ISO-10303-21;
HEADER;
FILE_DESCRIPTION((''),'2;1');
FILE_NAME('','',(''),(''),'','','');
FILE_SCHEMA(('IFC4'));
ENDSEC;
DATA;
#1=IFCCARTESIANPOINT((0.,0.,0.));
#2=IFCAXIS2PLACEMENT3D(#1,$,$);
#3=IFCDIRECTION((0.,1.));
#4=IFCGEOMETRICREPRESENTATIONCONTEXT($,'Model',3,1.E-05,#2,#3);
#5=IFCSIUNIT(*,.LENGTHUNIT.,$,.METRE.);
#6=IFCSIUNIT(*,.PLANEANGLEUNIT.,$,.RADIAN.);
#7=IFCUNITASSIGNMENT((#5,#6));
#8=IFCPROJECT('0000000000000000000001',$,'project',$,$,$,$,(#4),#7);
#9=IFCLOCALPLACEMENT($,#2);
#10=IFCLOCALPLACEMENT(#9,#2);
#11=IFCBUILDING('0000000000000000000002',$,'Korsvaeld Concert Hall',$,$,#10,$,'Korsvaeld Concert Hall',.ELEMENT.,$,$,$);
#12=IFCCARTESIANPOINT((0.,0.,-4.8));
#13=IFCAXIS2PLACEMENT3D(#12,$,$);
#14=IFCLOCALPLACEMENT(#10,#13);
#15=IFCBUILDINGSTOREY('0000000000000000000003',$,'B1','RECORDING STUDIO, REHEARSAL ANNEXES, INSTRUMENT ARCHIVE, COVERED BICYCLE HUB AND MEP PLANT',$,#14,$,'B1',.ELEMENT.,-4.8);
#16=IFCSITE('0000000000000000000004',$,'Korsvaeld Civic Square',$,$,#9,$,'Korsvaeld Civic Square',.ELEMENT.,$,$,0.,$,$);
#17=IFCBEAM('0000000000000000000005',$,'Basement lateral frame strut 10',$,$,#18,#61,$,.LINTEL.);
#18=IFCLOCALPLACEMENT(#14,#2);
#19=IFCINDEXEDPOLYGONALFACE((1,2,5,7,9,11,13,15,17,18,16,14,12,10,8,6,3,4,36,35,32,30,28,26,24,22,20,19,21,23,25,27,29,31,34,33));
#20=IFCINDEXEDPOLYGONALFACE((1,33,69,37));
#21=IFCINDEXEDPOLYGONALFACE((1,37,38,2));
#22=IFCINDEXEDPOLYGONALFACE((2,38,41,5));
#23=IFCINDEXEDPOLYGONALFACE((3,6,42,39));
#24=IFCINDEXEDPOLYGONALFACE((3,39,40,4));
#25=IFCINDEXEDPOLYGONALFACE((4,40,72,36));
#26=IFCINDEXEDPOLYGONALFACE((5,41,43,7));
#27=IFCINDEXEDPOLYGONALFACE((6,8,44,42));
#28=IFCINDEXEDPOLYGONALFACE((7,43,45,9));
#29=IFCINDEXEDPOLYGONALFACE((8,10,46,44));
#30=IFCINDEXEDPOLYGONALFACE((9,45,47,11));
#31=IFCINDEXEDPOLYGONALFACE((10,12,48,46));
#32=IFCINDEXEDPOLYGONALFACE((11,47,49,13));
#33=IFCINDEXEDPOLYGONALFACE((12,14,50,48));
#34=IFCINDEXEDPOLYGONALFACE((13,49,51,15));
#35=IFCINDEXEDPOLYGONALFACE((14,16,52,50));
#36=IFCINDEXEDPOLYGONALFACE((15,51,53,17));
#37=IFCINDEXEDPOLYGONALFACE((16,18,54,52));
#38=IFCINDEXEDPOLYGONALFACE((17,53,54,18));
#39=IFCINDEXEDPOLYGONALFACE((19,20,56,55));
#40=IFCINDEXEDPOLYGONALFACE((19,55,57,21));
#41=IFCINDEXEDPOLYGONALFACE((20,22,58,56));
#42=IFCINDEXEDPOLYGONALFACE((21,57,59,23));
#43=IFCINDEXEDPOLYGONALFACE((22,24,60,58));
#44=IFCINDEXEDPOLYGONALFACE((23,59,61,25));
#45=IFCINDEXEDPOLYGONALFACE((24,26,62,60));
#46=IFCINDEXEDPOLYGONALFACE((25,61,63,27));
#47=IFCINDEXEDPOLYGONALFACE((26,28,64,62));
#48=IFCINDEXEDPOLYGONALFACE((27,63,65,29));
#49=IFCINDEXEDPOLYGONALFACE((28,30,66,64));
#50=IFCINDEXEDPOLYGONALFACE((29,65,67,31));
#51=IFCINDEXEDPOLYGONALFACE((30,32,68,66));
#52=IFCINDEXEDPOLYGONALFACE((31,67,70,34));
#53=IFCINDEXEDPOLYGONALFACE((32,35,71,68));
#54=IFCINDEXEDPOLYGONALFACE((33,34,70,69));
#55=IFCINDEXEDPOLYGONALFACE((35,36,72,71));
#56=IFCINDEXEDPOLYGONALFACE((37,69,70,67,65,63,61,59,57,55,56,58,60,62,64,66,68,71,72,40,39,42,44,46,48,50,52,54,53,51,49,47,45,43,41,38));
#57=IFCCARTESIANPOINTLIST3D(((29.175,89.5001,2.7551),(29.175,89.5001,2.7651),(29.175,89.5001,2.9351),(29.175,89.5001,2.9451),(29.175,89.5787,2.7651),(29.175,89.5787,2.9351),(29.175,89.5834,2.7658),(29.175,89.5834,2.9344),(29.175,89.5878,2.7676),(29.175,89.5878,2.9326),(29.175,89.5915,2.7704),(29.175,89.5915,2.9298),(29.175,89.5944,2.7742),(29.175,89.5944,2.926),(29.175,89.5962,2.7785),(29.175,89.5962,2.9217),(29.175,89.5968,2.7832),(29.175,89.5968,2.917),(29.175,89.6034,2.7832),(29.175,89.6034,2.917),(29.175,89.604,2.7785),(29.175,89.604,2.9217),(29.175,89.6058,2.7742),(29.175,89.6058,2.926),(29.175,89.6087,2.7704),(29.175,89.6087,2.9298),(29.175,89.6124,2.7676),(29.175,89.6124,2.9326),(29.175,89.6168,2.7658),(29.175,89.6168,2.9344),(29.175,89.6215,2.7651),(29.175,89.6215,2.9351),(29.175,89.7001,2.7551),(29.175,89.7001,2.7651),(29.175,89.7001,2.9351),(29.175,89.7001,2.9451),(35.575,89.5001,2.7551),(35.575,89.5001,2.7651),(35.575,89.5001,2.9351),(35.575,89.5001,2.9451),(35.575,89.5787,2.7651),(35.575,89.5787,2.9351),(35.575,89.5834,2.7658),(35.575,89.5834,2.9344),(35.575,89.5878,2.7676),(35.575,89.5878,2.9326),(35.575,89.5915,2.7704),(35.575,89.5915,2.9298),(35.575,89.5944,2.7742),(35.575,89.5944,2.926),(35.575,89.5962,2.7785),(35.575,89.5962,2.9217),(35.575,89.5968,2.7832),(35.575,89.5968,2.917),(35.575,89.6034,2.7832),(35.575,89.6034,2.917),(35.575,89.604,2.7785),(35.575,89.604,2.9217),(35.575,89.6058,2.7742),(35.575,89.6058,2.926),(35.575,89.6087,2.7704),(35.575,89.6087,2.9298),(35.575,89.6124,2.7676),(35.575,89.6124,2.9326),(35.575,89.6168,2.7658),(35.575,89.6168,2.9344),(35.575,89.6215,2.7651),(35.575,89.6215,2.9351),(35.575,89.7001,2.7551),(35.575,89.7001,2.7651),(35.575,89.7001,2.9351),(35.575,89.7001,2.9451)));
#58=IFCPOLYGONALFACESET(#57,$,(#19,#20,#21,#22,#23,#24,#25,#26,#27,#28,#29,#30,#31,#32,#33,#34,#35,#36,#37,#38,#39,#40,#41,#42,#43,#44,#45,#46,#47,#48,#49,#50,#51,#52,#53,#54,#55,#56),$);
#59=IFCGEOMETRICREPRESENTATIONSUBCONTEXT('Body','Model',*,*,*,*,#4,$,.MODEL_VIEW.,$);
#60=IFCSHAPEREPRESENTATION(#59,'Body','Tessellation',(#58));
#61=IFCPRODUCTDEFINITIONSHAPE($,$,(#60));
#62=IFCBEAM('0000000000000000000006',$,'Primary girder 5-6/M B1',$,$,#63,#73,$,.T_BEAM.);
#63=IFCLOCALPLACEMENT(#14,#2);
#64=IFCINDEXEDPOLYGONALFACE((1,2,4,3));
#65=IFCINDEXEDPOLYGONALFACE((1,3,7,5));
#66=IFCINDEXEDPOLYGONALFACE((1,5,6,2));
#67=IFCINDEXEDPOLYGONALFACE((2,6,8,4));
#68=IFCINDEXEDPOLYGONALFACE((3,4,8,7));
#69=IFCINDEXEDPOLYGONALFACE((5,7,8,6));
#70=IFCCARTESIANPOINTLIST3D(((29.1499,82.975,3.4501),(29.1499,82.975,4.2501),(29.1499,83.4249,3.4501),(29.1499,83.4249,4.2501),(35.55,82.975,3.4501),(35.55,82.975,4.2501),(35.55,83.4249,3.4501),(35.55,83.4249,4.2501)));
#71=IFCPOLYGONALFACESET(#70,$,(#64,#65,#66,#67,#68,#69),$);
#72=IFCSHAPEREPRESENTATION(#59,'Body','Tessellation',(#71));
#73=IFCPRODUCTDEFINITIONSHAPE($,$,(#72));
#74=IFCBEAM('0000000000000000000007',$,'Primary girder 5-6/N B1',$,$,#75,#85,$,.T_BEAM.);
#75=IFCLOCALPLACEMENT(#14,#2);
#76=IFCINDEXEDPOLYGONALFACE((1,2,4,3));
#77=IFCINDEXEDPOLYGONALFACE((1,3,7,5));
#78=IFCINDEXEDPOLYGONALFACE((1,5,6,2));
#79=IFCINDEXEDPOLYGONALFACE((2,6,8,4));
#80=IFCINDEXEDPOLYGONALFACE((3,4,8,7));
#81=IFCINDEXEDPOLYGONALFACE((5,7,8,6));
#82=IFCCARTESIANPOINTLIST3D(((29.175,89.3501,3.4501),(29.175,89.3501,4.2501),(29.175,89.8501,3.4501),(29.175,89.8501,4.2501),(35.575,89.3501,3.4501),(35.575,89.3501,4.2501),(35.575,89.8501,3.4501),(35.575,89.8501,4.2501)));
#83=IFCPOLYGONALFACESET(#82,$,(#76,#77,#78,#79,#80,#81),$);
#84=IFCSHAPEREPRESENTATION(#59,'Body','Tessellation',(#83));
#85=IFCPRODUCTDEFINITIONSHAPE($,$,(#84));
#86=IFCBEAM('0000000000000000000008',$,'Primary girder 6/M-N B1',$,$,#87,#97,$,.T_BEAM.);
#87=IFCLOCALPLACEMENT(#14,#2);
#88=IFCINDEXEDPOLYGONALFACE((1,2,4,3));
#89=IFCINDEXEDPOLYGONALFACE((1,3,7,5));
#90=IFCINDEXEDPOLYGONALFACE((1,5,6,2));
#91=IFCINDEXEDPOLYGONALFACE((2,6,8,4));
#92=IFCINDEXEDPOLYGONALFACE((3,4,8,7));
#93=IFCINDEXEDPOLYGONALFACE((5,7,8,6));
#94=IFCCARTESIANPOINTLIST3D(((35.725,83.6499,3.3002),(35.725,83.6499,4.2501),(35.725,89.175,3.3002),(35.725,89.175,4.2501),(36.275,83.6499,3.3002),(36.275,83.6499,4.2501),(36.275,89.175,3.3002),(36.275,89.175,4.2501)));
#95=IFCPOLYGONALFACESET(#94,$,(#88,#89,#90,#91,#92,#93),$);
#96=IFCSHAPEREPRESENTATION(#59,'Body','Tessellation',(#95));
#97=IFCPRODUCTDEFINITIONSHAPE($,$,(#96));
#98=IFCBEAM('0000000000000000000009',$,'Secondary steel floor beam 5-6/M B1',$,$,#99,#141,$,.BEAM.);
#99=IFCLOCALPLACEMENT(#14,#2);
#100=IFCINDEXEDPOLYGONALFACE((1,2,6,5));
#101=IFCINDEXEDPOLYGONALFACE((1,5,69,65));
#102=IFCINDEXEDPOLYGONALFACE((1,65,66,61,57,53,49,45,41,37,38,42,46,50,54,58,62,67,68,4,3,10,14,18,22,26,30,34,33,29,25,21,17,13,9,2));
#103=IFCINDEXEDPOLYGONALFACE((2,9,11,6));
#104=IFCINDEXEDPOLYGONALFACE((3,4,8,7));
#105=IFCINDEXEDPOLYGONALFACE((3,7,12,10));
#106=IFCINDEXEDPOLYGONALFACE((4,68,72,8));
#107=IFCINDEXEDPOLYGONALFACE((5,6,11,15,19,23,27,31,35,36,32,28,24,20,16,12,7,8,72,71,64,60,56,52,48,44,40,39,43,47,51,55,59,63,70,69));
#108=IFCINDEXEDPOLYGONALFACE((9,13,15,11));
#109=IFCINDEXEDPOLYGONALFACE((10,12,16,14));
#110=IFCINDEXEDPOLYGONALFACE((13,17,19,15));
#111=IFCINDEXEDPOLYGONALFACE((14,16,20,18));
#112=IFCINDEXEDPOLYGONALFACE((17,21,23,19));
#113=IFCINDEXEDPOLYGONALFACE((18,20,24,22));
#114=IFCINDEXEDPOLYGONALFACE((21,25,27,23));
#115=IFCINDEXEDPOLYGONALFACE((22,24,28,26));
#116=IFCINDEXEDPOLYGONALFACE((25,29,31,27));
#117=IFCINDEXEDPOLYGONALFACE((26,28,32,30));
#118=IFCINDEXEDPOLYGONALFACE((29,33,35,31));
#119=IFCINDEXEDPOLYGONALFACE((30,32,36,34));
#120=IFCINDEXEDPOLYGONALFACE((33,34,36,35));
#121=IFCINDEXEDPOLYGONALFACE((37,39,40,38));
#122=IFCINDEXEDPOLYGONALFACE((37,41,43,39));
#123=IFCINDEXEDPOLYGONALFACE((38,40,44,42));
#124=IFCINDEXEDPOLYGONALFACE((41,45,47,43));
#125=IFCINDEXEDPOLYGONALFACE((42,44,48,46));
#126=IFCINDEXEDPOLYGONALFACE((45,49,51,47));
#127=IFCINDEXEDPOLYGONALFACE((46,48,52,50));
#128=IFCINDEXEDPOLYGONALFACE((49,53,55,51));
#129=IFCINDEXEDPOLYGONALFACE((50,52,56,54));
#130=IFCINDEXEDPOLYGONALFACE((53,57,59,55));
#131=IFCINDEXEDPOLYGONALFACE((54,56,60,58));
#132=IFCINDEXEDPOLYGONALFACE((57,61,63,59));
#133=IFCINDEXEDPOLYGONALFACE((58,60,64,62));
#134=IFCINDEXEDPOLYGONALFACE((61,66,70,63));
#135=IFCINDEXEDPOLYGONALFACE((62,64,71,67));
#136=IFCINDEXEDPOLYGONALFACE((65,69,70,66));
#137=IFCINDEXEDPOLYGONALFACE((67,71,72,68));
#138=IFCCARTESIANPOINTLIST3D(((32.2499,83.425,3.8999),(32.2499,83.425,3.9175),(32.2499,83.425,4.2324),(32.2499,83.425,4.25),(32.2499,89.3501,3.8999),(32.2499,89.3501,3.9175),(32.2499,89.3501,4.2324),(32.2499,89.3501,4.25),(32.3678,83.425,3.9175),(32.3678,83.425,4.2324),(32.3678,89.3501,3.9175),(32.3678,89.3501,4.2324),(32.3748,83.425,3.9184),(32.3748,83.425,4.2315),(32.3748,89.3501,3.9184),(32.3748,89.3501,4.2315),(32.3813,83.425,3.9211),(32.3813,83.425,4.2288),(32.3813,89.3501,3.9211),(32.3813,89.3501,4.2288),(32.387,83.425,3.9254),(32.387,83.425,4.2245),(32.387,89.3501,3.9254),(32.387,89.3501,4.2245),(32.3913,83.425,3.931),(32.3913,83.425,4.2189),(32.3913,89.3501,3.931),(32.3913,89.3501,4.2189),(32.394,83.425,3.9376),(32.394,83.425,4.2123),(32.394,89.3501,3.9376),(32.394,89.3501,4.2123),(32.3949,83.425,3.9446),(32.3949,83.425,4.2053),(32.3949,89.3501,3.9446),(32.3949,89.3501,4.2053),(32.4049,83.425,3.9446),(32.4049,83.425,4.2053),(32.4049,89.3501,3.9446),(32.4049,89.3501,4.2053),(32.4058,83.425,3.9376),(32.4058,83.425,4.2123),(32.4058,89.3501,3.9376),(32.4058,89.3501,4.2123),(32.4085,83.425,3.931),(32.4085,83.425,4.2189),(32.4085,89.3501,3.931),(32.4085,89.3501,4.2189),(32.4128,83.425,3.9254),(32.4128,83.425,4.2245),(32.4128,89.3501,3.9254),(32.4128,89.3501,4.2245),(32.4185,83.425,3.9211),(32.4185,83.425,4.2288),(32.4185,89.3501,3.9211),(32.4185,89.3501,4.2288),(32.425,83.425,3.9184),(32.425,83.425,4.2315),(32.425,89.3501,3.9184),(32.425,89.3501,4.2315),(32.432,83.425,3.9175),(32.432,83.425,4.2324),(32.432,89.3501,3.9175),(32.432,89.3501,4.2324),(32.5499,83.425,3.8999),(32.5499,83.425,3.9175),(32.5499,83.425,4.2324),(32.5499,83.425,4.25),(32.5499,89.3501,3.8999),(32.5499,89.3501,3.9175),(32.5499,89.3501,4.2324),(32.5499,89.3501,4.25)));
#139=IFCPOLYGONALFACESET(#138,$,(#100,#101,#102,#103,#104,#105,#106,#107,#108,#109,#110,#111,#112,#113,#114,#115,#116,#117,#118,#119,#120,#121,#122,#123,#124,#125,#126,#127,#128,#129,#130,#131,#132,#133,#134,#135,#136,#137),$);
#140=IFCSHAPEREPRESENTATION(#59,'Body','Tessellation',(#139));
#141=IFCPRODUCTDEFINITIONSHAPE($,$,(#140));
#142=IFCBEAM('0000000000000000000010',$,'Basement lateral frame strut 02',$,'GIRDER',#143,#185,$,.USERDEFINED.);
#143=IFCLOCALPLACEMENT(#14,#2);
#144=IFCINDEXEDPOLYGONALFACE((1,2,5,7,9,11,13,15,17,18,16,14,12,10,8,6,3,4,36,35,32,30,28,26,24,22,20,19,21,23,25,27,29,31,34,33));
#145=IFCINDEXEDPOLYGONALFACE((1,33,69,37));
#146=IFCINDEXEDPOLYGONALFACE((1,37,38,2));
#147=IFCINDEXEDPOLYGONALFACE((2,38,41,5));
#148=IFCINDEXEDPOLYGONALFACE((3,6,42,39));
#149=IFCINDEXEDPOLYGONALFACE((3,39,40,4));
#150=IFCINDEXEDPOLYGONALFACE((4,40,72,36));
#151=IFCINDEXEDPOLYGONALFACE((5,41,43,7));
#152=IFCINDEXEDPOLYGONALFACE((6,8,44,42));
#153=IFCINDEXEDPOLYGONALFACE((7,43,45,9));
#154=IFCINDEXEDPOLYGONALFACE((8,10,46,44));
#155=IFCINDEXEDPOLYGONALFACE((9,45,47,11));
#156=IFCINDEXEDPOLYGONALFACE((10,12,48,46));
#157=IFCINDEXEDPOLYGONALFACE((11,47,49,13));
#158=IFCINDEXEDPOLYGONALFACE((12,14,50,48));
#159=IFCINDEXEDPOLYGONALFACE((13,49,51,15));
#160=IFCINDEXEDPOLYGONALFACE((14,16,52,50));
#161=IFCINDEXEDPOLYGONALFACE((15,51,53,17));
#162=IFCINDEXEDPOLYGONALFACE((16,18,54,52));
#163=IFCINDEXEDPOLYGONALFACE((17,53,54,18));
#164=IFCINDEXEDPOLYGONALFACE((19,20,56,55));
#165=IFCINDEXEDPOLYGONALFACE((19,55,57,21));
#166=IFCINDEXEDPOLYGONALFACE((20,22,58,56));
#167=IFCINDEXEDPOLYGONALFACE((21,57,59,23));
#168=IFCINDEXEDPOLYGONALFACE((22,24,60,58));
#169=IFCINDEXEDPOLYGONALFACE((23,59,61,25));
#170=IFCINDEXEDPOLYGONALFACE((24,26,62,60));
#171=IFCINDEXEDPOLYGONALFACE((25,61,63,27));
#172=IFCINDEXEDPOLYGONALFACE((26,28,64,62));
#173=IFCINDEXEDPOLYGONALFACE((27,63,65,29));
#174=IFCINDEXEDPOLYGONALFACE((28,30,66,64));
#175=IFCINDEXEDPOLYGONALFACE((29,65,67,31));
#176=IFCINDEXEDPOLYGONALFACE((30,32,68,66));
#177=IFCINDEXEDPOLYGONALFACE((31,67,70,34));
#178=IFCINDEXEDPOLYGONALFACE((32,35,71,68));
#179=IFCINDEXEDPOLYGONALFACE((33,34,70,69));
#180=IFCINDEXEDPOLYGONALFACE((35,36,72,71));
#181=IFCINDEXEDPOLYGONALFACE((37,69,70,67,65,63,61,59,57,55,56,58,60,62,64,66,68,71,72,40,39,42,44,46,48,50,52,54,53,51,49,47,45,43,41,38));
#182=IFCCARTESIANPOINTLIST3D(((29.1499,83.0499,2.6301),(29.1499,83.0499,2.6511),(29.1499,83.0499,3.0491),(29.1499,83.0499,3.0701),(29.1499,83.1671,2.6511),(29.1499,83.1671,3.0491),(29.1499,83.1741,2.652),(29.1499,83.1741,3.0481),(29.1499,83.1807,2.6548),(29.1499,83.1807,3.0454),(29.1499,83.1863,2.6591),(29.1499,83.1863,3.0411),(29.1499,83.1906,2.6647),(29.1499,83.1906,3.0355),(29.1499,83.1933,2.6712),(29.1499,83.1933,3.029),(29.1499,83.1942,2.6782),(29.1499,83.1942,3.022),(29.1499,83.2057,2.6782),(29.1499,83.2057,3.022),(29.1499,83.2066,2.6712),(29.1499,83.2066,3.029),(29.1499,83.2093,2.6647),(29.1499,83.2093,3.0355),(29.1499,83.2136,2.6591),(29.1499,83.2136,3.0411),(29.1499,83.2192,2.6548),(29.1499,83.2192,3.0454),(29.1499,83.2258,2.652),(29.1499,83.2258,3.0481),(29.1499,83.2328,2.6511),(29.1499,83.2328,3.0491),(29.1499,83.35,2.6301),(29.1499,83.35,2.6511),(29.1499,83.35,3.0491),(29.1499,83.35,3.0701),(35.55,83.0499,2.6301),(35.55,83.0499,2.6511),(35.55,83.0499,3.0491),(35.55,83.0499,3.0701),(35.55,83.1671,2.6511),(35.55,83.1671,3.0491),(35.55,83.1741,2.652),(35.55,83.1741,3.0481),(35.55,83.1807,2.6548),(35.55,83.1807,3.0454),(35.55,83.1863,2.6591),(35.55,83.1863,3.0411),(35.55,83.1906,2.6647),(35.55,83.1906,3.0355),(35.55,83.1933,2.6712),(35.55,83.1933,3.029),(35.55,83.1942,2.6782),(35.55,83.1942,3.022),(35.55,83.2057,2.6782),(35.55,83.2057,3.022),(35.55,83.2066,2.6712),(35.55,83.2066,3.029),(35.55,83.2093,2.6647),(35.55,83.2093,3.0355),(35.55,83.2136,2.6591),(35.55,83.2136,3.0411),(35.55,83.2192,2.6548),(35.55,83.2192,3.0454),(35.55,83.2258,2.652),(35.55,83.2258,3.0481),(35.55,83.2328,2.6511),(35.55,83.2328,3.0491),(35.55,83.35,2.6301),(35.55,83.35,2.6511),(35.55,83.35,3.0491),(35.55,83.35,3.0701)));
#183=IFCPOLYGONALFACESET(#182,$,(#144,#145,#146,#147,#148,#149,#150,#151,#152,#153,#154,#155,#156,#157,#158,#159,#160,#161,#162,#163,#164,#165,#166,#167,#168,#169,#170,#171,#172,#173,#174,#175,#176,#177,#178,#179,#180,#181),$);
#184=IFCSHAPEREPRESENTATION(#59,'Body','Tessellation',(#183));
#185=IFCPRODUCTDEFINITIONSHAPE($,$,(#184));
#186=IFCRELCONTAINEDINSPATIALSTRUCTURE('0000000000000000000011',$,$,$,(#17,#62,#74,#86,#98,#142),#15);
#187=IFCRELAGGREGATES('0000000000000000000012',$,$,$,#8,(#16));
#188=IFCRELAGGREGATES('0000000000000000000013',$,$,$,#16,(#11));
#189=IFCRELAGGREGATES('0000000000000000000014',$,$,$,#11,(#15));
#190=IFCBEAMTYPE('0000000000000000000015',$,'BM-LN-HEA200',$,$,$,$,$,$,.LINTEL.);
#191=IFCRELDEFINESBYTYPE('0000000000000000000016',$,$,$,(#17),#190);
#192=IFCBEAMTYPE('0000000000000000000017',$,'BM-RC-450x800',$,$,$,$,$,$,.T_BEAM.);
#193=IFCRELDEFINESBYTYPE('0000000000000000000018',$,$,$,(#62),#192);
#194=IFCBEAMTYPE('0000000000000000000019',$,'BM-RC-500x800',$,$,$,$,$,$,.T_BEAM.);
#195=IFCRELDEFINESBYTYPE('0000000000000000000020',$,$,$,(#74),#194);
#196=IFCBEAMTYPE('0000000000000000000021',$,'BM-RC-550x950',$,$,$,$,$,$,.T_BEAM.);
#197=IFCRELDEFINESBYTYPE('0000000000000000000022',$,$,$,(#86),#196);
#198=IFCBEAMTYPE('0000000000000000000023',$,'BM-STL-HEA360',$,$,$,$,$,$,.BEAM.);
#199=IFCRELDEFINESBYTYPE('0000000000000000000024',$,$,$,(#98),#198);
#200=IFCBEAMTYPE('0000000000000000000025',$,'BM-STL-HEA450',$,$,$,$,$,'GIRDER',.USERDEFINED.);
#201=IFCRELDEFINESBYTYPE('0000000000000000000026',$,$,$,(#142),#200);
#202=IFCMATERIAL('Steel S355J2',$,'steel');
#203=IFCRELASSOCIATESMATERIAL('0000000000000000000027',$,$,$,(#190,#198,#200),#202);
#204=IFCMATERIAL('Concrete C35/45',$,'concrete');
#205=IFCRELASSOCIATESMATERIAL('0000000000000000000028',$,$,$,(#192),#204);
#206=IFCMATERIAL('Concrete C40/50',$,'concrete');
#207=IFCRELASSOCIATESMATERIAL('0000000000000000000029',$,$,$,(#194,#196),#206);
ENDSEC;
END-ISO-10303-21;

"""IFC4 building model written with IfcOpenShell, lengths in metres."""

from ifc_helpers import new_model, si_unit, direction, frame, origin, origin_2d, place, context, subcontext, project, spatial, rectangle, i_section, extrude, material, material_profile, profile_set, type_object, element, save


model = new_model("IFC4")

# Units and contexts
model_context = context("Model", 3, precision=1e-05, world=origin(), true_north=direction((0.0, 1.0)))
body_context = subcontext(model_context, "Body", "Model", "MODEL_VIEW")
ifc_project = project(units=[si_unit("LENGTHUNIT", "METRE"), si_unit("PLANEANGLEUNIT", "RADIAN")], contexts=[model_context])

# Site, building, storey
site_placement = place(None, origin())
site = spatial("IfcSite", under=ifc_project, at=site_placement, Name="Korsvaeld Civic Square", LongName="Korsvaeld Civic Square", CompositionType="ELEMENT", RefElevation=0.0)
building_placement = place(site_placement, origin())
building = spatial("IfcBuilding", under=site, at=building_placement, Name="Korsvaeld Concert Hall", LongName="Korsvaeld Concert Hall", CompositionType="ELEMENT")
storey_placement = place(building_placement, frame((0.0, 0.0, -4.8)))
storey = spatial("IfcBuildingStorey", under=building, at=storey_placement, Name="B1", Description="RECORDING STUDIO, REHEARSAL ANNEXES, INSTRUMENT ARCHIVE, COVERED BICYCLE HUB AND MEP PLANT", LongName="B1", CompositionType="ELEMENT", Elevation=-4.8)

# Shared definitions
ifc_material_1 = material(Name="Concrete C35/45", Category="concrete")

# Shared definitions
ifc_material_2 = material(Name="Concrete C40/50", Category="concrete")

# Beams
ifc_material_3 = material(Name="Steel S355J2", Category="steel")
ifc_material_profile_1 = material_profile(ifc_material_3, i_section(OverallWidth=0.2, OverallDepth=0.1899, WebThickness=0.0066, FlangeThickness=0.01, FilletRadius=0.0181, at=origin_2d()), Name="HEA 200")
ifc_profile_set_1 = profile_set([ifc_material_profile_1], Name="Steel S355J2")
beam_type_1 = type_object("IfcBeamType", Name="BM-LN-HEA200", PredefinedType="LINTEL", material=ifc_profile_set_1)
beam_1_placement = place(storey_placement, frame((29.175, 89.6001, 2.8501), z_axis=(1.0, 0.0, 0.0), x_axis=(0.0, 1.0, 0.0)))
element("IfcBeam", 1, at=beam_1_placement, inside=storey, type_object=beam_type_1, Name="Basement lateral frame strut 10", PredefinedType="LINTEL", context=body_context, shape_type="SweptSolid", body=[
    extrude(i_section(OverallWidth=0.2, OverallDepth=0.1899, WebThickness=0.0066, FlangeThickness=0.01, FilletRadius=0.0181, at=origin_2d()), origin(), (0.0, 0.0, 1.0), 6.3999),
])
ifc_material_profile_2 = material_profile(ifc_material_1, rectangle(XDim=0.45, YDim=0.8, at=origin_2d()), Name="RC 450x800")
ifc_profile_set_2 = profile_set([ifc_material_profile_2], Name="Concrete C35/45")
beam_type_2 = type_object("IfcBeamType", Name="BM-RC-450x800", PredefinedType="T_BEAM", material=ifc_profile_set_2)
beam_2_placement = place(storey_placement, frame((29.1499, 83.2, 3.8501), z_axis=(1.0, 0.0, 0.0), x_axis=(0.0, 1.0, 0.0)))
element("IfcBeam", 2, at=beam_2_placement, inside=storey, type_object=beam_type_2, Name="Primary girder 5-6/M B1", PredefinedType="T_BEAM", context=body_context, shape_type="SweptSolid", body=[
    extrude(rectangle(XDim=0.45, YDim=0.8, at=origin_2d()), origin(), (0.0, 0.0, 1.0), 6.4001),
])
ifc_material_profile_3 = material_profile(ifc_material_2, rectangle(XDim=0.5, YDim=0.8, at=origin_2d()), Name="RC 500x800")
ifc_profile_set_3 = profile_set([ifc_material_profile_3], Name="Concrete C40/50")
beam_type_3 = type_object("IfcBeamType", Name="BM-RC-500x800", PredefinedType="T_BEAM", material=ifc_profile_set_3)
beam_3_placement = place(storey_placement, frame((29.175, 89.6001, 3.8501), z_axis=(1.0, 0.0, 0.0), x_axis=(0.0, 1.0, 0.0)))
element("IfcBeam", 3, at=beam_3_placement, inside=storey, type_object=beam_type_3, Name="Primary girder 5-6/N B1", PredefinedType="T_BEAM", context=body_context, shape_type="SweptSolid", body=[
    extrude(rectangle(XDim=0.5, YDim=0.8, at=origin_2d()), origin(), (0.0, 0.0, 1.0), 6.3999),
])
ifc_material_profile_4 = material_profile(ifc_material_2, rectangle(XDim=0.55, YDim=0.95, at=origin_2d()), Name="RC 550x950")
ifc_profile_set_4 = profile_set([ifc_material_profile_4], Name="Concrete C40/50")
beam_type_4 = type_object("IfcBeamType", Name="BM-RC-550x950", PredefinedType="T_BEAM", material=ifc_profile_set_4)
beam_4_placement = place(storey_placement, frame((36.0, 83.6499, 3.7751), z_axis=(0.0, 1.0, 0.0), x_axis=(-1.0, 0.0, 0.0)))
element("IfcBeam", 4, at=beam_4_placement, inside=storey, type_object=beam_type_4, Name="Primary girder 6/M-N B1", PredefinedType="T_BEAM", context=body_context, shape_type="SweptSolid", body=[
    extrude(rectangle(XDim=0.55, YDim=0.95, at=origin_2d()), origin(), (0.0, 0.0, 1.0), 5.5251),
])
ifc_material_profile_5 = material_profile(ifc_material_3, i_section(OverallWidth=0.3, OverallDepth=0.3501, WebThickness=0.01, FlangeThickness=0.0176, FilletRadius=0.0271, at=origin_2d()), Name="HEA 360")
ifc_profile_set_5 = profile_set([ifc_material_profile_5], Name="Steel S355J2")
beam_type_5 = type_object("IfcBeamType", Name="BM-STL-HEA360", PredefinedType="BEAM", material=ifc_profile_set_5)
beam_5_placement = place(storey_placement, frame((32.3999, 83.425, 4.075), z_axis=(0.0, 1.0, 0.0), x_axis=(-1.0, 0.0, 0.0)))
element("IfcBeam", 5, at=beam_5_placement, inside=storey, type_object=beam_type_5, Name="Secondary steel floor beam 5-6/M B1", PredefinedType="BEAM", context=body_context, shape_type="SweptSolid", body=[
    extrude(i_section(OverallWidth=0.3, OverallDepth=0.3501, WebThickness=0.01, FlangeThickness=0.0176, FilletRadius=0.0271, at=origin_2d()), origin(), (0.0, 0.0, 1.0), 5.925),
])
ifc_material_profile_6 = material_profile(ifc_material_3, i_section(OverallWidth=0.3, OverallDepth=0.4399, WebThickness=0.0115, FlangeThickness=0.021, FilletRadius=0.0271, at=origin_2d()), Name="HEA 450")
ifc_profile_set_6 = profile_set([ifc_material_profile_6], Name="Steel S355J2")
beam_type_6 = type_object("IfcBeamType", Name="BM-STL-HEA450", ElementType="GIRDER", PredefinedType="USERDEFINED", material=ifc_profile_set_6)
beam_6_placement = place(storey_placement, frame((29.1499, 83.2, 2.8501), z_axis=(1.0, 0.0, 0.0), x_axis=(0.0, 1.0, 0.0)))
element("IfcBeam", 6, at=beam_6_placement, inside=storey, type_object=beam_type_6, Name="Basement lateral frame strut 02", ObjectType="GIRDER", PredefinedType="USERDEFINED", context=body_context, shape_type="SweptSolid", body=[
    extrude(i_section(OverallWidth=0.3, OverallDepth=0.4399, WebThickness=0.0115, FlangeThickness=0.021, FilletRadius=0.0271, at=origin_2d()), origin(), (0.0, 0.0, 1.0), 6.4001),
])

save(model, "model.ifc")
